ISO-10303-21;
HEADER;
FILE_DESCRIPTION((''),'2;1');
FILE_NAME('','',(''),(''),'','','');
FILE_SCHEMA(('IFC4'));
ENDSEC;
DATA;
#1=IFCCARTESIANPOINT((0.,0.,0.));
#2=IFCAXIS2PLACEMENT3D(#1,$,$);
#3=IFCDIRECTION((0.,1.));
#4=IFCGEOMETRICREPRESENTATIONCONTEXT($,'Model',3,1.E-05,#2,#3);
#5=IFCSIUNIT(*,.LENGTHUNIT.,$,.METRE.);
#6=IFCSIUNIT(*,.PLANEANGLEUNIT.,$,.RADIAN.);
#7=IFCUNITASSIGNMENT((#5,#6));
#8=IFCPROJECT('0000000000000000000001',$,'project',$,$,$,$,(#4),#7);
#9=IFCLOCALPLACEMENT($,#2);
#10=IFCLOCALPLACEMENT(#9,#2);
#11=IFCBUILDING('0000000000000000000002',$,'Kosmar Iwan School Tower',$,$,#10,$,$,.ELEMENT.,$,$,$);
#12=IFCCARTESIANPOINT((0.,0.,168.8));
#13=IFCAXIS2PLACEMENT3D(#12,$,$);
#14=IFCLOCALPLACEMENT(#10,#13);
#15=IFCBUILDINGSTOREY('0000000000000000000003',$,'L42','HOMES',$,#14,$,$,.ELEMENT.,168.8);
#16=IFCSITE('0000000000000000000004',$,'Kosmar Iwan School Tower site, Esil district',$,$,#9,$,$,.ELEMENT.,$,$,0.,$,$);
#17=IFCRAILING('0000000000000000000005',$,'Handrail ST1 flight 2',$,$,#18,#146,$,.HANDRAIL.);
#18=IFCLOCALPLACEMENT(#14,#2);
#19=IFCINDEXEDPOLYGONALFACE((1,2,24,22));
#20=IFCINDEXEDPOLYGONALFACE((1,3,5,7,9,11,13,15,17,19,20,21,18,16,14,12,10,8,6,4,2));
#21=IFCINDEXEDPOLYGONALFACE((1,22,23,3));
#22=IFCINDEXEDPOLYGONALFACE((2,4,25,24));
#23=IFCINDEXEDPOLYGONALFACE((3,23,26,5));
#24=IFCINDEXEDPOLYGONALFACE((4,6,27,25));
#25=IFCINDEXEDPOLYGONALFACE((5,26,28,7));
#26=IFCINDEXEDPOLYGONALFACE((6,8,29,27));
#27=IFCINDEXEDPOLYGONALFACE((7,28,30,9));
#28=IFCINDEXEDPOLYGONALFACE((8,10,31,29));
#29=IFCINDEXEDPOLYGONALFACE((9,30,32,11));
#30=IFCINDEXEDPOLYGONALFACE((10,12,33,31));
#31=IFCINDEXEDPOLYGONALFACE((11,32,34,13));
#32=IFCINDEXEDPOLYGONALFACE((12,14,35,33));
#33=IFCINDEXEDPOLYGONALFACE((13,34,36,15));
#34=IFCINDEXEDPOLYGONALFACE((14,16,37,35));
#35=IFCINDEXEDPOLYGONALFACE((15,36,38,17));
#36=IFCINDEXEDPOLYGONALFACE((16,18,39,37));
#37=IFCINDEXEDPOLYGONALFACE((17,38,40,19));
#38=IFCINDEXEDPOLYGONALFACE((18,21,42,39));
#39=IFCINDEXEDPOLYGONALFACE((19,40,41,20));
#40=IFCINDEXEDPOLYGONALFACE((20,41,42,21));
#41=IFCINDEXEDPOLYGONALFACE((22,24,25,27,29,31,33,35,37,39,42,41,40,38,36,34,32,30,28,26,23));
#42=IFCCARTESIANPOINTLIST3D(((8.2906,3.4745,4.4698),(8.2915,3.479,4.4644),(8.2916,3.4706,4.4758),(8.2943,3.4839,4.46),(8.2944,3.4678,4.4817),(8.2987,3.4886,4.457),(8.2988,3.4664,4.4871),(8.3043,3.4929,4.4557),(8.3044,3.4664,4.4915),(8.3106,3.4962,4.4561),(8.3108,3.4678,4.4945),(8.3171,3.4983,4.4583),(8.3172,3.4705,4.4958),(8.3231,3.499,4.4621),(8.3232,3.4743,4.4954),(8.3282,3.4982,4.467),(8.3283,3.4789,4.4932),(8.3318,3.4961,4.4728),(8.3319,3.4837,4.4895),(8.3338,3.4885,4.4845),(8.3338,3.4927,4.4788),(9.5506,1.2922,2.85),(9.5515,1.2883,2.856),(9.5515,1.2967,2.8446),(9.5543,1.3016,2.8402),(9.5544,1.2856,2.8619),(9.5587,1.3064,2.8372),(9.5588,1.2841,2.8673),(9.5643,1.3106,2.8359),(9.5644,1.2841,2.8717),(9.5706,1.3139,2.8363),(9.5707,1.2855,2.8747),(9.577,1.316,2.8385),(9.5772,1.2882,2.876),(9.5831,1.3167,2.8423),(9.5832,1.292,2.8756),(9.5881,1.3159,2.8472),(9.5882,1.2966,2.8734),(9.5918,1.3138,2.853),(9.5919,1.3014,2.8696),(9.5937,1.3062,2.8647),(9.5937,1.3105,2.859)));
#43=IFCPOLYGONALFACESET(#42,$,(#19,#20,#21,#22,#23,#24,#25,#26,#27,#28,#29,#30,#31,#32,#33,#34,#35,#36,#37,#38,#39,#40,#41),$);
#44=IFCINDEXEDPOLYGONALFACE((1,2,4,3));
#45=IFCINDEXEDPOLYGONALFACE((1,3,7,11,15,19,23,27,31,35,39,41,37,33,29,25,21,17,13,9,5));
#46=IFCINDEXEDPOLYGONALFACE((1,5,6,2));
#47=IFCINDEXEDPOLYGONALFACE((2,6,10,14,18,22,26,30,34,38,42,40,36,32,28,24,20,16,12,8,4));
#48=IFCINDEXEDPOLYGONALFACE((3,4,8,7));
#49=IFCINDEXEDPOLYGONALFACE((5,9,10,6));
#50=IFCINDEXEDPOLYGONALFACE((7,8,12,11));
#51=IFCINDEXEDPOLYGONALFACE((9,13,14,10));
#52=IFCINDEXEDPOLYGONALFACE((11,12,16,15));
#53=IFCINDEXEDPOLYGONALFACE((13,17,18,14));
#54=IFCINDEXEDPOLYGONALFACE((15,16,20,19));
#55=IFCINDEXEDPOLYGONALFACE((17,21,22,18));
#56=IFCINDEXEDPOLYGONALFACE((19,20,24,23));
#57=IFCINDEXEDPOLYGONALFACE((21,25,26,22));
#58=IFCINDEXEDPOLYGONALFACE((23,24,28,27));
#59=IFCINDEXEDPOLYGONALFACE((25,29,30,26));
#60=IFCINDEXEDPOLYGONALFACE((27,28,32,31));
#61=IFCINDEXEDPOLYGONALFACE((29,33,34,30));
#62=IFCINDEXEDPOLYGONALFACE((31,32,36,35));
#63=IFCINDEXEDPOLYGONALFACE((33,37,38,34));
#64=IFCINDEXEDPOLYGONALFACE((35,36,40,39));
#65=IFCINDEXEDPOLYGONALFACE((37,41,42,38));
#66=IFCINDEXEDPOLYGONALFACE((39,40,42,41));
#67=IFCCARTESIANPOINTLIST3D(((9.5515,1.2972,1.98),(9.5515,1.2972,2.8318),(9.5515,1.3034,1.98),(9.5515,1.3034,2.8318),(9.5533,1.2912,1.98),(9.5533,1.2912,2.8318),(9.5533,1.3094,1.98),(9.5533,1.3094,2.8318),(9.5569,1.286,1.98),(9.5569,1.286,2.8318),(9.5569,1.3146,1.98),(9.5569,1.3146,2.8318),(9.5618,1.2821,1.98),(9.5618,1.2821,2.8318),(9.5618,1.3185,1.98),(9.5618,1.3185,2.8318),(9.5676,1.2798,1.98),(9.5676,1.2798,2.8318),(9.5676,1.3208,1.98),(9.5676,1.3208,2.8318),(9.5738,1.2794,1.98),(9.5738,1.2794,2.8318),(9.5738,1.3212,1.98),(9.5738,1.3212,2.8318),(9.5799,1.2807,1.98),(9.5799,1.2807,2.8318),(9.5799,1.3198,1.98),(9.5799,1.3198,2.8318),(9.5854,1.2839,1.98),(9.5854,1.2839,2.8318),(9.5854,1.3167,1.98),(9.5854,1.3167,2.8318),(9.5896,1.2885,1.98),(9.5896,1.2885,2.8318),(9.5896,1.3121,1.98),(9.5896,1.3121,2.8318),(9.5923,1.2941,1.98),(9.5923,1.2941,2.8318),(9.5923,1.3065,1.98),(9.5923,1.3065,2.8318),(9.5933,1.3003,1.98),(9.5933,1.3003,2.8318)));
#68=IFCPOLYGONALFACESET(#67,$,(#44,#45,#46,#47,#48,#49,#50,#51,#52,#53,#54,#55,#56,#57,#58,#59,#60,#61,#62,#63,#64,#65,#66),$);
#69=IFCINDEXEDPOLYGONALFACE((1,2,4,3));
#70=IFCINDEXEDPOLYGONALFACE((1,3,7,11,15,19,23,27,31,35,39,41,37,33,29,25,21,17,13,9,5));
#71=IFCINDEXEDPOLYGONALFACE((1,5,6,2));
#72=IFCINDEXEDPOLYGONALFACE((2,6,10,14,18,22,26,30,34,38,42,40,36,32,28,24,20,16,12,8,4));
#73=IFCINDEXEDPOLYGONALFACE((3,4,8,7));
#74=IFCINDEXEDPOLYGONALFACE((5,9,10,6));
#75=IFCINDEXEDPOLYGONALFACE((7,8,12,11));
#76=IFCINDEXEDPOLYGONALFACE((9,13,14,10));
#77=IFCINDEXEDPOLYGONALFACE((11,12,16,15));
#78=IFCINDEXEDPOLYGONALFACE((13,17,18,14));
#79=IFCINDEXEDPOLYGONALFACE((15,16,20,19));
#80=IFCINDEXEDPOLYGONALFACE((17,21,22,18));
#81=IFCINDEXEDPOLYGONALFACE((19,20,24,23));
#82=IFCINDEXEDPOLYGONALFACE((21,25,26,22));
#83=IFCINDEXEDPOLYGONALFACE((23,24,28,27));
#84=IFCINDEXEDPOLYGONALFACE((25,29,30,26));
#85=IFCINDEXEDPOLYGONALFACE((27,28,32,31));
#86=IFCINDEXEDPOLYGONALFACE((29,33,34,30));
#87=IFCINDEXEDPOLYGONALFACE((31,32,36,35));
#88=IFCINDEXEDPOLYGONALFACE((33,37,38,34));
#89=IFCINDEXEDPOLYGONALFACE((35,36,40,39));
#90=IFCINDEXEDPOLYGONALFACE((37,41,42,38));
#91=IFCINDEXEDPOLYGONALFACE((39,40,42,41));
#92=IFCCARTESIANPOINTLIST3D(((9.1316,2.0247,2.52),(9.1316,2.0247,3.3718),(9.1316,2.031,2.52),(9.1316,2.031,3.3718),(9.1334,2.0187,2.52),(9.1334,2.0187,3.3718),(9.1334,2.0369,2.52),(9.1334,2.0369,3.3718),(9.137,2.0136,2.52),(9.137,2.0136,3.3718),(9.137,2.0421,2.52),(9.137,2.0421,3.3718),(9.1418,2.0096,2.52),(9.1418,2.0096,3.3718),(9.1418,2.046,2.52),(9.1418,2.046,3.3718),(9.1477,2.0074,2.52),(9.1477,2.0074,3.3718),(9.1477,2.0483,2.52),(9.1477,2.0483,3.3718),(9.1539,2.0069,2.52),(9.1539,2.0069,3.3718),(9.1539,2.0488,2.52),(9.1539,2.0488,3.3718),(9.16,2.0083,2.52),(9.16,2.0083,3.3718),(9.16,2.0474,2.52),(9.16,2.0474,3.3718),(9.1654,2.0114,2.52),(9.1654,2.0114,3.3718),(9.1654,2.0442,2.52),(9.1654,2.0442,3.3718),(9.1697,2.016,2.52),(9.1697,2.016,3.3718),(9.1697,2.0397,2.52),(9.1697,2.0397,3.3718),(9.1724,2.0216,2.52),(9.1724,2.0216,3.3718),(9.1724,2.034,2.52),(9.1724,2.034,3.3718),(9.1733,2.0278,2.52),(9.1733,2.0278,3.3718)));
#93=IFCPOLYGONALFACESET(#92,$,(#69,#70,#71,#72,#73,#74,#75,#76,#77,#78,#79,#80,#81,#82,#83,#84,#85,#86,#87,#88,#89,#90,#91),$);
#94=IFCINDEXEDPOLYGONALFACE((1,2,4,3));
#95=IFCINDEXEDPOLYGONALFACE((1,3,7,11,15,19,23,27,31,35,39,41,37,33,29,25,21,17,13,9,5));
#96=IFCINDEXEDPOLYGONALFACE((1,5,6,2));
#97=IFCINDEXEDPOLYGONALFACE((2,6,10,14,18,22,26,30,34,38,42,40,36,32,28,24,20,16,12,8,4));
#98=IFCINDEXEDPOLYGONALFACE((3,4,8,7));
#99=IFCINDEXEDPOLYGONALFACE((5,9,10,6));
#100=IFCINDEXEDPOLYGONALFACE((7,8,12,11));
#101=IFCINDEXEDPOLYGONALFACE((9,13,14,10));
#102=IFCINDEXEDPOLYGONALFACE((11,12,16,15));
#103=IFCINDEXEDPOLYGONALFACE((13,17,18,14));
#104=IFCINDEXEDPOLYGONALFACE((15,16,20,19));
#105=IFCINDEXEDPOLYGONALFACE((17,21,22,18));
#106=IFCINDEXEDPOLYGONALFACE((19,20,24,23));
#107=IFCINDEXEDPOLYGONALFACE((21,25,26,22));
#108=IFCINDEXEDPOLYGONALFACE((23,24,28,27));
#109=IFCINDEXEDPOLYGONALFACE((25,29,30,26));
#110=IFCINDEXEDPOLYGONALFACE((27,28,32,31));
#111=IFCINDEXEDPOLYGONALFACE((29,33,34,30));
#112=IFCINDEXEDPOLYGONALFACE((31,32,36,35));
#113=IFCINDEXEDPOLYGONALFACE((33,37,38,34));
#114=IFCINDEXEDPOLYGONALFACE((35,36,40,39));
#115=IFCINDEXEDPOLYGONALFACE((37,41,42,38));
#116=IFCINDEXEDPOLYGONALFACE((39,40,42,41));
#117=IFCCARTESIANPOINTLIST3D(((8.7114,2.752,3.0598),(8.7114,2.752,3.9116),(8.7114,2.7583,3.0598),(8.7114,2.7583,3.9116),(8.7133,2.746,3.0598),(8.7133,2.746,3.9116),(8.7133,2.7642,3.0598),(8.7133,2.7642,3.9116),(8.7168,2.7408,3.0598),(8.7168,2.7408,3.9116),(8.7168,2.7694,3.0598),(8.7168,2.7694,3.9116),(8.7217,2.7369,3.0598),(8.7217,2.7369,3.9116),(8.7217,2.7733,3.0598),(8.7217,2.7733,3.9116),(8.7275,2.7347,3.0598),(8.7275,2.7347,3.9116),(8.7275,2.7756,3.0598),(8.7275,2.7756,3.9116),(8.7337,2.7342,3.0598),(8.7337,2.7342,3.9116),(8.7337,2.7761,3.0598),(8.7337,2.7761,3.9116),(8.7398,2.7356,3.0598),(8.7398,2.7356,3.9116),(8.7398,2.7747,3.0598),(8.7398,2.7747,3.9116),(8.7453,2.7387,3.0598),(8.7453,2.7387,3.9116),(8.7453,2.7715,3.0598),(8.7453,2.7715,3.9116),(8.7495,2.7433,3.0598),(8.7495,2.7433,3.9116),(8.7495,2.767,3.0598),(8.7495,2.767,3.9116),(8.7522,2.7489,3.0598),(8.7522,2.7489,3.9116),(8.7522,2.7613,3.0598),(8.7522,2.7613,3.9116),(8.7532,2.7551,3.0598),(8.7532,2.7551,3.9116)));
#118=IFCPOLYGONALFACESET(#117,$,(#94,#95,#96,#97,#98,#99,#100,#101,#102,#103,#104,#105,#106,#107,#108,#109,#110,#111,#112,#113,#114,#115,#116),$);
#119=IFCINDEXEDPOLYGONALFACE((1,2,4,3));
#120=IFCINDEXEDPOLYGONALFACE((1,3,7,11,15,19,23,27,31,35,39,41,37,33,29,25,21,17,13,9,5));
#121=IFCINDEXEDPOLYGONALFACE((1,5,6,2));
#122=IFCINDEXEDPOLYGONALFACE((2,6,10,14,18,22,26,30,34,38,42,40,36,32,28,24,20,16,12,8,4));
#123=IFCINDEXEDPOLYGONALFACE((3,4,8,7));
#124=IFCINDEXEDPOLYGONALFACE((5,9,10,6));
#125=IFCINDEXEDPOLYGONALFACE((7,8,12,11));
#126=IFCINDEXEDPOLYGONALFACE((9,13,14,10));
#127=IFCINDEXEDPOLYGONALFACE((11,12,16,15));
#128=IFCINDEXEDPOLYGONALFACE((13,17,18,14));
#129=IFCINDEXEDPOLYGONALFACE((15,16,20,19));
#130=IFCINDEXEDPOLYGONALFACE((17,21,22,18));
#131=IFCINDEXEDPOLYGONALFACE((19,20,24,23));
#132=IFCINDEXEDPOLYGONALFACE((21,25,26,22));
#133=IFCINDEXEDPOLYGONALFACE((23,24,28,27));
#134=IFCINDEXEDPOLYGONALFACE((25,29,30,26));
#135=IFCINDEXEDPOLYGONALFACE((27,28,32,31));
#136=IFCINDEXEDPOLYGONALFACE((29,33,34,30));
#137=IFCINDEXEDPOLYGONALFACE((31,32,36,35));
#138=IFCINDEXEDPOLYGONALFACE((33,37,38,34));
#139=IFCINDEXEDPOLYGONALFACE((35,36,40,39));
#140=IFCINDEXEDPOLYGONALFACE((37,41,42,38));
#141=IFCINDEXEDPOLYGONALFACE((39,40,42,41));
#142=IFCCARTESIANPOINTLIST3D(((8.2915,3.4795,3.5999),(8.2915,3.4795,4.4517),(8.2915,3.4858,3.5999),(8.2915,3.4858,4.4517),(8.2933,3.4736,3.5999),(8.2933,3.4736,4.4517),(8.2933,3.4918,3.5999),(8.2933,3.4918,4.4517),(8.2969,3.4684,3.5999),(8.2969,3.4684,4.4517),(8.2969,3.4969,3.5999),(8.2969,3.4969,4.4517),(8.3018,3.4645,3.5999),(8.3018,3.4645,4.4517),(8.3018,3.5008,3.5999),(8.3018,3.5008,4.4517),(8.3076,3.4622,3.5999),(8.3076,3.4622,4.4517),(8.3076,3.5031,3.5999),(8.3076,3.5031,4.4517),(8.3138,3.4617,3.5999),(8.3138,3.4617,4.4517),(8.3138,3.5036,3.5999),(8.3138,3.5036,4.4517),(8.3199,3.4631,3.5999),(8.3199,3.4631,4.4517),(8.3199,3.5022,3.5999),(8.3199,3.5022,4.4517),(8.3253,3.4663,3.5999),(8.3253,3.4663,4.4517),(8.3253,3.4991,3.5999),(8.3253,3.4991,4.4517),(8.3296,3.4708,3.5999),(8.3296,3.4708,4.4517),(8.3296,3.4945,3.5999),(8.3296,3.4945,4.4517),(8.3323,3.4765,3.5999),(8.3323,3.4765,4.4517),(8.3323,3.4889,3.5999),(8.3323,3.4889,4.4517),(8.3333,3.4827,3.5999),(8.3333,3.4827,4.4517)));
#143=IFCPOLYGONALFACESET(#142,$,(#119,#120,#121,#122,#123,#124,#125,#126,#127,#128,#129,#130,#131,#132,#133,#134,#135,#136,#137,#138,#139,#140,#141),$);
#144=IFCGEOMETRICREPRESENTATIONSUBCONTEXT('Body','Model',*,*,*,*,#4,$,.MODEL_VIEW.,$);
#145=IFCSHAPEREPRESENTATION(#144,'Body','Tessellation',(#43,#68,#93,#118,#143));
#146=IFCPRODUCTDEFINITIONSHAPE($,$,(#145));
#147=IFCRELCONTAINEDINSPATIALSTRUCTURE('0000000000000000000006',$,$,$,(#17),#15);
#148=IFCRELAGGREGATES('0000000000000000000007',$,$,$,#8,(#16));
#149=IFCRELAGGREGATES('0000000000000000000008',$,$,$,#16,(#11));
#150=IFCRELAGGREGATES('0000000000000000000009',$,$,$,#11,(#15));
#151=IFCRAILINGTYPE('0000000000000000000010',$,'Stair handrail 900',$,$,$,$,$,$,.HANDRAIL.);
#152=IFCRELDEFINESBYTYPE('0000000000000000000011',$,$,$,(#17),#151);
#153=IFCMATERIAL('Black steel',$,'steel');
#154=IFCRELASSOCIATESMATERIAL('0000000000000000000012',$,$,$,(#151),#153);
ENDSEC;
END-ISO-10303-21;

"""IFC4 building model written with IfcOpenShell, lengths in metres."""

from ifc_helpers import new_model, si_unit, direction, frame, origin, origin_2d, place, context, subcontext, project, spatial, circle, extrude, material, type_object, element, save


model = new_model("IFC4")

# Units and contexts
model_context = context("Model", 3, precision=1e-05, world=origin(), true_north=direction((0.0, 1.0)))
body_context = subcontext(model_context, "Body", "Model", "MODEL_VIEW")
ifc_project = project(units=[si_unit("LENGTHUNIT", "METRE"), si_unit("PLANEANGLEUNIT", "RADIAN")], contexts=[model_context])

# Site, building, storey
site_placement = place(None, origin())
site = spatial("IfcSite", under=ifc_project, at=site_placement, Name="Kosmar Iwan School Tower site, Esil district", CompositionType="ELEMENT", RefElevation=0.0)
building_placement = place(site_placement, origin())
building = spatial("IfcBuilding", under=site, at=building_placement, Name="Kosmar Iwan School Tower", CompositionType="ELEMENT")
storey_placement = place(building_placement, frame((0.0, 0.0, 168.8)))
storey = spatial("IfcBuildingStorey", under=building, at=storey_placement, Name="L42", Description="HOMES", CompositionType="ELEMENT", Elevation=168.8)

# Railing
ifc_material_1 = material(Name="Black steel", Category="steel")
railing_type = type_object("IfcRailingType", Name="Stair handrail 900", PredefinedType="HANDRAIL", material=ifc_material_1)
railing_1_placement = place(storey_placement, frame((9.5723, 1.3003, 1.98)))
element("IfcRailing", 1, at=railing_1_placement, inside=storey, type_object=railing_type, Name="Handrail ST1 flight 2", PredefinedType="HANDRAIL", context=body_context, shape_type="SweptSolid", body=[
    extrude(circle(Radius=0.0239, at=origin_2d()), frame((0.0, 0.0, 0.876), z_axis=(-0.420603, 0.728496, 0.540728), x_axis=(-0.866023, -0.500005, 0.0)), (0.0, 0.0, 1.0), 2.9956),
    extrude(circle(Radius=0.021, at=origin_2d()), origin(), (0.0, 0.0, 1.0), 0.8518),
    extrude(circle(Radius=0.021, at=origin_2d()), frame((-0.4199, 0.7275, 0.54)), (0.0, 0.0, 1.0), 0.8518),
    extrude(circle(Radius=0.021, at=origin_2d()), frame((-0.8401, 1.4548, 1.0798)), (0.0, 0.0, 1.0), 0.8518),
    extrude(circle(Radius=0.021, at=origin_2d()), frame((-1.26, 2.1824, 1.6199)), (0.0, 0.0, 1.0), 0.8518),
])

save(model, "model.ifc")
